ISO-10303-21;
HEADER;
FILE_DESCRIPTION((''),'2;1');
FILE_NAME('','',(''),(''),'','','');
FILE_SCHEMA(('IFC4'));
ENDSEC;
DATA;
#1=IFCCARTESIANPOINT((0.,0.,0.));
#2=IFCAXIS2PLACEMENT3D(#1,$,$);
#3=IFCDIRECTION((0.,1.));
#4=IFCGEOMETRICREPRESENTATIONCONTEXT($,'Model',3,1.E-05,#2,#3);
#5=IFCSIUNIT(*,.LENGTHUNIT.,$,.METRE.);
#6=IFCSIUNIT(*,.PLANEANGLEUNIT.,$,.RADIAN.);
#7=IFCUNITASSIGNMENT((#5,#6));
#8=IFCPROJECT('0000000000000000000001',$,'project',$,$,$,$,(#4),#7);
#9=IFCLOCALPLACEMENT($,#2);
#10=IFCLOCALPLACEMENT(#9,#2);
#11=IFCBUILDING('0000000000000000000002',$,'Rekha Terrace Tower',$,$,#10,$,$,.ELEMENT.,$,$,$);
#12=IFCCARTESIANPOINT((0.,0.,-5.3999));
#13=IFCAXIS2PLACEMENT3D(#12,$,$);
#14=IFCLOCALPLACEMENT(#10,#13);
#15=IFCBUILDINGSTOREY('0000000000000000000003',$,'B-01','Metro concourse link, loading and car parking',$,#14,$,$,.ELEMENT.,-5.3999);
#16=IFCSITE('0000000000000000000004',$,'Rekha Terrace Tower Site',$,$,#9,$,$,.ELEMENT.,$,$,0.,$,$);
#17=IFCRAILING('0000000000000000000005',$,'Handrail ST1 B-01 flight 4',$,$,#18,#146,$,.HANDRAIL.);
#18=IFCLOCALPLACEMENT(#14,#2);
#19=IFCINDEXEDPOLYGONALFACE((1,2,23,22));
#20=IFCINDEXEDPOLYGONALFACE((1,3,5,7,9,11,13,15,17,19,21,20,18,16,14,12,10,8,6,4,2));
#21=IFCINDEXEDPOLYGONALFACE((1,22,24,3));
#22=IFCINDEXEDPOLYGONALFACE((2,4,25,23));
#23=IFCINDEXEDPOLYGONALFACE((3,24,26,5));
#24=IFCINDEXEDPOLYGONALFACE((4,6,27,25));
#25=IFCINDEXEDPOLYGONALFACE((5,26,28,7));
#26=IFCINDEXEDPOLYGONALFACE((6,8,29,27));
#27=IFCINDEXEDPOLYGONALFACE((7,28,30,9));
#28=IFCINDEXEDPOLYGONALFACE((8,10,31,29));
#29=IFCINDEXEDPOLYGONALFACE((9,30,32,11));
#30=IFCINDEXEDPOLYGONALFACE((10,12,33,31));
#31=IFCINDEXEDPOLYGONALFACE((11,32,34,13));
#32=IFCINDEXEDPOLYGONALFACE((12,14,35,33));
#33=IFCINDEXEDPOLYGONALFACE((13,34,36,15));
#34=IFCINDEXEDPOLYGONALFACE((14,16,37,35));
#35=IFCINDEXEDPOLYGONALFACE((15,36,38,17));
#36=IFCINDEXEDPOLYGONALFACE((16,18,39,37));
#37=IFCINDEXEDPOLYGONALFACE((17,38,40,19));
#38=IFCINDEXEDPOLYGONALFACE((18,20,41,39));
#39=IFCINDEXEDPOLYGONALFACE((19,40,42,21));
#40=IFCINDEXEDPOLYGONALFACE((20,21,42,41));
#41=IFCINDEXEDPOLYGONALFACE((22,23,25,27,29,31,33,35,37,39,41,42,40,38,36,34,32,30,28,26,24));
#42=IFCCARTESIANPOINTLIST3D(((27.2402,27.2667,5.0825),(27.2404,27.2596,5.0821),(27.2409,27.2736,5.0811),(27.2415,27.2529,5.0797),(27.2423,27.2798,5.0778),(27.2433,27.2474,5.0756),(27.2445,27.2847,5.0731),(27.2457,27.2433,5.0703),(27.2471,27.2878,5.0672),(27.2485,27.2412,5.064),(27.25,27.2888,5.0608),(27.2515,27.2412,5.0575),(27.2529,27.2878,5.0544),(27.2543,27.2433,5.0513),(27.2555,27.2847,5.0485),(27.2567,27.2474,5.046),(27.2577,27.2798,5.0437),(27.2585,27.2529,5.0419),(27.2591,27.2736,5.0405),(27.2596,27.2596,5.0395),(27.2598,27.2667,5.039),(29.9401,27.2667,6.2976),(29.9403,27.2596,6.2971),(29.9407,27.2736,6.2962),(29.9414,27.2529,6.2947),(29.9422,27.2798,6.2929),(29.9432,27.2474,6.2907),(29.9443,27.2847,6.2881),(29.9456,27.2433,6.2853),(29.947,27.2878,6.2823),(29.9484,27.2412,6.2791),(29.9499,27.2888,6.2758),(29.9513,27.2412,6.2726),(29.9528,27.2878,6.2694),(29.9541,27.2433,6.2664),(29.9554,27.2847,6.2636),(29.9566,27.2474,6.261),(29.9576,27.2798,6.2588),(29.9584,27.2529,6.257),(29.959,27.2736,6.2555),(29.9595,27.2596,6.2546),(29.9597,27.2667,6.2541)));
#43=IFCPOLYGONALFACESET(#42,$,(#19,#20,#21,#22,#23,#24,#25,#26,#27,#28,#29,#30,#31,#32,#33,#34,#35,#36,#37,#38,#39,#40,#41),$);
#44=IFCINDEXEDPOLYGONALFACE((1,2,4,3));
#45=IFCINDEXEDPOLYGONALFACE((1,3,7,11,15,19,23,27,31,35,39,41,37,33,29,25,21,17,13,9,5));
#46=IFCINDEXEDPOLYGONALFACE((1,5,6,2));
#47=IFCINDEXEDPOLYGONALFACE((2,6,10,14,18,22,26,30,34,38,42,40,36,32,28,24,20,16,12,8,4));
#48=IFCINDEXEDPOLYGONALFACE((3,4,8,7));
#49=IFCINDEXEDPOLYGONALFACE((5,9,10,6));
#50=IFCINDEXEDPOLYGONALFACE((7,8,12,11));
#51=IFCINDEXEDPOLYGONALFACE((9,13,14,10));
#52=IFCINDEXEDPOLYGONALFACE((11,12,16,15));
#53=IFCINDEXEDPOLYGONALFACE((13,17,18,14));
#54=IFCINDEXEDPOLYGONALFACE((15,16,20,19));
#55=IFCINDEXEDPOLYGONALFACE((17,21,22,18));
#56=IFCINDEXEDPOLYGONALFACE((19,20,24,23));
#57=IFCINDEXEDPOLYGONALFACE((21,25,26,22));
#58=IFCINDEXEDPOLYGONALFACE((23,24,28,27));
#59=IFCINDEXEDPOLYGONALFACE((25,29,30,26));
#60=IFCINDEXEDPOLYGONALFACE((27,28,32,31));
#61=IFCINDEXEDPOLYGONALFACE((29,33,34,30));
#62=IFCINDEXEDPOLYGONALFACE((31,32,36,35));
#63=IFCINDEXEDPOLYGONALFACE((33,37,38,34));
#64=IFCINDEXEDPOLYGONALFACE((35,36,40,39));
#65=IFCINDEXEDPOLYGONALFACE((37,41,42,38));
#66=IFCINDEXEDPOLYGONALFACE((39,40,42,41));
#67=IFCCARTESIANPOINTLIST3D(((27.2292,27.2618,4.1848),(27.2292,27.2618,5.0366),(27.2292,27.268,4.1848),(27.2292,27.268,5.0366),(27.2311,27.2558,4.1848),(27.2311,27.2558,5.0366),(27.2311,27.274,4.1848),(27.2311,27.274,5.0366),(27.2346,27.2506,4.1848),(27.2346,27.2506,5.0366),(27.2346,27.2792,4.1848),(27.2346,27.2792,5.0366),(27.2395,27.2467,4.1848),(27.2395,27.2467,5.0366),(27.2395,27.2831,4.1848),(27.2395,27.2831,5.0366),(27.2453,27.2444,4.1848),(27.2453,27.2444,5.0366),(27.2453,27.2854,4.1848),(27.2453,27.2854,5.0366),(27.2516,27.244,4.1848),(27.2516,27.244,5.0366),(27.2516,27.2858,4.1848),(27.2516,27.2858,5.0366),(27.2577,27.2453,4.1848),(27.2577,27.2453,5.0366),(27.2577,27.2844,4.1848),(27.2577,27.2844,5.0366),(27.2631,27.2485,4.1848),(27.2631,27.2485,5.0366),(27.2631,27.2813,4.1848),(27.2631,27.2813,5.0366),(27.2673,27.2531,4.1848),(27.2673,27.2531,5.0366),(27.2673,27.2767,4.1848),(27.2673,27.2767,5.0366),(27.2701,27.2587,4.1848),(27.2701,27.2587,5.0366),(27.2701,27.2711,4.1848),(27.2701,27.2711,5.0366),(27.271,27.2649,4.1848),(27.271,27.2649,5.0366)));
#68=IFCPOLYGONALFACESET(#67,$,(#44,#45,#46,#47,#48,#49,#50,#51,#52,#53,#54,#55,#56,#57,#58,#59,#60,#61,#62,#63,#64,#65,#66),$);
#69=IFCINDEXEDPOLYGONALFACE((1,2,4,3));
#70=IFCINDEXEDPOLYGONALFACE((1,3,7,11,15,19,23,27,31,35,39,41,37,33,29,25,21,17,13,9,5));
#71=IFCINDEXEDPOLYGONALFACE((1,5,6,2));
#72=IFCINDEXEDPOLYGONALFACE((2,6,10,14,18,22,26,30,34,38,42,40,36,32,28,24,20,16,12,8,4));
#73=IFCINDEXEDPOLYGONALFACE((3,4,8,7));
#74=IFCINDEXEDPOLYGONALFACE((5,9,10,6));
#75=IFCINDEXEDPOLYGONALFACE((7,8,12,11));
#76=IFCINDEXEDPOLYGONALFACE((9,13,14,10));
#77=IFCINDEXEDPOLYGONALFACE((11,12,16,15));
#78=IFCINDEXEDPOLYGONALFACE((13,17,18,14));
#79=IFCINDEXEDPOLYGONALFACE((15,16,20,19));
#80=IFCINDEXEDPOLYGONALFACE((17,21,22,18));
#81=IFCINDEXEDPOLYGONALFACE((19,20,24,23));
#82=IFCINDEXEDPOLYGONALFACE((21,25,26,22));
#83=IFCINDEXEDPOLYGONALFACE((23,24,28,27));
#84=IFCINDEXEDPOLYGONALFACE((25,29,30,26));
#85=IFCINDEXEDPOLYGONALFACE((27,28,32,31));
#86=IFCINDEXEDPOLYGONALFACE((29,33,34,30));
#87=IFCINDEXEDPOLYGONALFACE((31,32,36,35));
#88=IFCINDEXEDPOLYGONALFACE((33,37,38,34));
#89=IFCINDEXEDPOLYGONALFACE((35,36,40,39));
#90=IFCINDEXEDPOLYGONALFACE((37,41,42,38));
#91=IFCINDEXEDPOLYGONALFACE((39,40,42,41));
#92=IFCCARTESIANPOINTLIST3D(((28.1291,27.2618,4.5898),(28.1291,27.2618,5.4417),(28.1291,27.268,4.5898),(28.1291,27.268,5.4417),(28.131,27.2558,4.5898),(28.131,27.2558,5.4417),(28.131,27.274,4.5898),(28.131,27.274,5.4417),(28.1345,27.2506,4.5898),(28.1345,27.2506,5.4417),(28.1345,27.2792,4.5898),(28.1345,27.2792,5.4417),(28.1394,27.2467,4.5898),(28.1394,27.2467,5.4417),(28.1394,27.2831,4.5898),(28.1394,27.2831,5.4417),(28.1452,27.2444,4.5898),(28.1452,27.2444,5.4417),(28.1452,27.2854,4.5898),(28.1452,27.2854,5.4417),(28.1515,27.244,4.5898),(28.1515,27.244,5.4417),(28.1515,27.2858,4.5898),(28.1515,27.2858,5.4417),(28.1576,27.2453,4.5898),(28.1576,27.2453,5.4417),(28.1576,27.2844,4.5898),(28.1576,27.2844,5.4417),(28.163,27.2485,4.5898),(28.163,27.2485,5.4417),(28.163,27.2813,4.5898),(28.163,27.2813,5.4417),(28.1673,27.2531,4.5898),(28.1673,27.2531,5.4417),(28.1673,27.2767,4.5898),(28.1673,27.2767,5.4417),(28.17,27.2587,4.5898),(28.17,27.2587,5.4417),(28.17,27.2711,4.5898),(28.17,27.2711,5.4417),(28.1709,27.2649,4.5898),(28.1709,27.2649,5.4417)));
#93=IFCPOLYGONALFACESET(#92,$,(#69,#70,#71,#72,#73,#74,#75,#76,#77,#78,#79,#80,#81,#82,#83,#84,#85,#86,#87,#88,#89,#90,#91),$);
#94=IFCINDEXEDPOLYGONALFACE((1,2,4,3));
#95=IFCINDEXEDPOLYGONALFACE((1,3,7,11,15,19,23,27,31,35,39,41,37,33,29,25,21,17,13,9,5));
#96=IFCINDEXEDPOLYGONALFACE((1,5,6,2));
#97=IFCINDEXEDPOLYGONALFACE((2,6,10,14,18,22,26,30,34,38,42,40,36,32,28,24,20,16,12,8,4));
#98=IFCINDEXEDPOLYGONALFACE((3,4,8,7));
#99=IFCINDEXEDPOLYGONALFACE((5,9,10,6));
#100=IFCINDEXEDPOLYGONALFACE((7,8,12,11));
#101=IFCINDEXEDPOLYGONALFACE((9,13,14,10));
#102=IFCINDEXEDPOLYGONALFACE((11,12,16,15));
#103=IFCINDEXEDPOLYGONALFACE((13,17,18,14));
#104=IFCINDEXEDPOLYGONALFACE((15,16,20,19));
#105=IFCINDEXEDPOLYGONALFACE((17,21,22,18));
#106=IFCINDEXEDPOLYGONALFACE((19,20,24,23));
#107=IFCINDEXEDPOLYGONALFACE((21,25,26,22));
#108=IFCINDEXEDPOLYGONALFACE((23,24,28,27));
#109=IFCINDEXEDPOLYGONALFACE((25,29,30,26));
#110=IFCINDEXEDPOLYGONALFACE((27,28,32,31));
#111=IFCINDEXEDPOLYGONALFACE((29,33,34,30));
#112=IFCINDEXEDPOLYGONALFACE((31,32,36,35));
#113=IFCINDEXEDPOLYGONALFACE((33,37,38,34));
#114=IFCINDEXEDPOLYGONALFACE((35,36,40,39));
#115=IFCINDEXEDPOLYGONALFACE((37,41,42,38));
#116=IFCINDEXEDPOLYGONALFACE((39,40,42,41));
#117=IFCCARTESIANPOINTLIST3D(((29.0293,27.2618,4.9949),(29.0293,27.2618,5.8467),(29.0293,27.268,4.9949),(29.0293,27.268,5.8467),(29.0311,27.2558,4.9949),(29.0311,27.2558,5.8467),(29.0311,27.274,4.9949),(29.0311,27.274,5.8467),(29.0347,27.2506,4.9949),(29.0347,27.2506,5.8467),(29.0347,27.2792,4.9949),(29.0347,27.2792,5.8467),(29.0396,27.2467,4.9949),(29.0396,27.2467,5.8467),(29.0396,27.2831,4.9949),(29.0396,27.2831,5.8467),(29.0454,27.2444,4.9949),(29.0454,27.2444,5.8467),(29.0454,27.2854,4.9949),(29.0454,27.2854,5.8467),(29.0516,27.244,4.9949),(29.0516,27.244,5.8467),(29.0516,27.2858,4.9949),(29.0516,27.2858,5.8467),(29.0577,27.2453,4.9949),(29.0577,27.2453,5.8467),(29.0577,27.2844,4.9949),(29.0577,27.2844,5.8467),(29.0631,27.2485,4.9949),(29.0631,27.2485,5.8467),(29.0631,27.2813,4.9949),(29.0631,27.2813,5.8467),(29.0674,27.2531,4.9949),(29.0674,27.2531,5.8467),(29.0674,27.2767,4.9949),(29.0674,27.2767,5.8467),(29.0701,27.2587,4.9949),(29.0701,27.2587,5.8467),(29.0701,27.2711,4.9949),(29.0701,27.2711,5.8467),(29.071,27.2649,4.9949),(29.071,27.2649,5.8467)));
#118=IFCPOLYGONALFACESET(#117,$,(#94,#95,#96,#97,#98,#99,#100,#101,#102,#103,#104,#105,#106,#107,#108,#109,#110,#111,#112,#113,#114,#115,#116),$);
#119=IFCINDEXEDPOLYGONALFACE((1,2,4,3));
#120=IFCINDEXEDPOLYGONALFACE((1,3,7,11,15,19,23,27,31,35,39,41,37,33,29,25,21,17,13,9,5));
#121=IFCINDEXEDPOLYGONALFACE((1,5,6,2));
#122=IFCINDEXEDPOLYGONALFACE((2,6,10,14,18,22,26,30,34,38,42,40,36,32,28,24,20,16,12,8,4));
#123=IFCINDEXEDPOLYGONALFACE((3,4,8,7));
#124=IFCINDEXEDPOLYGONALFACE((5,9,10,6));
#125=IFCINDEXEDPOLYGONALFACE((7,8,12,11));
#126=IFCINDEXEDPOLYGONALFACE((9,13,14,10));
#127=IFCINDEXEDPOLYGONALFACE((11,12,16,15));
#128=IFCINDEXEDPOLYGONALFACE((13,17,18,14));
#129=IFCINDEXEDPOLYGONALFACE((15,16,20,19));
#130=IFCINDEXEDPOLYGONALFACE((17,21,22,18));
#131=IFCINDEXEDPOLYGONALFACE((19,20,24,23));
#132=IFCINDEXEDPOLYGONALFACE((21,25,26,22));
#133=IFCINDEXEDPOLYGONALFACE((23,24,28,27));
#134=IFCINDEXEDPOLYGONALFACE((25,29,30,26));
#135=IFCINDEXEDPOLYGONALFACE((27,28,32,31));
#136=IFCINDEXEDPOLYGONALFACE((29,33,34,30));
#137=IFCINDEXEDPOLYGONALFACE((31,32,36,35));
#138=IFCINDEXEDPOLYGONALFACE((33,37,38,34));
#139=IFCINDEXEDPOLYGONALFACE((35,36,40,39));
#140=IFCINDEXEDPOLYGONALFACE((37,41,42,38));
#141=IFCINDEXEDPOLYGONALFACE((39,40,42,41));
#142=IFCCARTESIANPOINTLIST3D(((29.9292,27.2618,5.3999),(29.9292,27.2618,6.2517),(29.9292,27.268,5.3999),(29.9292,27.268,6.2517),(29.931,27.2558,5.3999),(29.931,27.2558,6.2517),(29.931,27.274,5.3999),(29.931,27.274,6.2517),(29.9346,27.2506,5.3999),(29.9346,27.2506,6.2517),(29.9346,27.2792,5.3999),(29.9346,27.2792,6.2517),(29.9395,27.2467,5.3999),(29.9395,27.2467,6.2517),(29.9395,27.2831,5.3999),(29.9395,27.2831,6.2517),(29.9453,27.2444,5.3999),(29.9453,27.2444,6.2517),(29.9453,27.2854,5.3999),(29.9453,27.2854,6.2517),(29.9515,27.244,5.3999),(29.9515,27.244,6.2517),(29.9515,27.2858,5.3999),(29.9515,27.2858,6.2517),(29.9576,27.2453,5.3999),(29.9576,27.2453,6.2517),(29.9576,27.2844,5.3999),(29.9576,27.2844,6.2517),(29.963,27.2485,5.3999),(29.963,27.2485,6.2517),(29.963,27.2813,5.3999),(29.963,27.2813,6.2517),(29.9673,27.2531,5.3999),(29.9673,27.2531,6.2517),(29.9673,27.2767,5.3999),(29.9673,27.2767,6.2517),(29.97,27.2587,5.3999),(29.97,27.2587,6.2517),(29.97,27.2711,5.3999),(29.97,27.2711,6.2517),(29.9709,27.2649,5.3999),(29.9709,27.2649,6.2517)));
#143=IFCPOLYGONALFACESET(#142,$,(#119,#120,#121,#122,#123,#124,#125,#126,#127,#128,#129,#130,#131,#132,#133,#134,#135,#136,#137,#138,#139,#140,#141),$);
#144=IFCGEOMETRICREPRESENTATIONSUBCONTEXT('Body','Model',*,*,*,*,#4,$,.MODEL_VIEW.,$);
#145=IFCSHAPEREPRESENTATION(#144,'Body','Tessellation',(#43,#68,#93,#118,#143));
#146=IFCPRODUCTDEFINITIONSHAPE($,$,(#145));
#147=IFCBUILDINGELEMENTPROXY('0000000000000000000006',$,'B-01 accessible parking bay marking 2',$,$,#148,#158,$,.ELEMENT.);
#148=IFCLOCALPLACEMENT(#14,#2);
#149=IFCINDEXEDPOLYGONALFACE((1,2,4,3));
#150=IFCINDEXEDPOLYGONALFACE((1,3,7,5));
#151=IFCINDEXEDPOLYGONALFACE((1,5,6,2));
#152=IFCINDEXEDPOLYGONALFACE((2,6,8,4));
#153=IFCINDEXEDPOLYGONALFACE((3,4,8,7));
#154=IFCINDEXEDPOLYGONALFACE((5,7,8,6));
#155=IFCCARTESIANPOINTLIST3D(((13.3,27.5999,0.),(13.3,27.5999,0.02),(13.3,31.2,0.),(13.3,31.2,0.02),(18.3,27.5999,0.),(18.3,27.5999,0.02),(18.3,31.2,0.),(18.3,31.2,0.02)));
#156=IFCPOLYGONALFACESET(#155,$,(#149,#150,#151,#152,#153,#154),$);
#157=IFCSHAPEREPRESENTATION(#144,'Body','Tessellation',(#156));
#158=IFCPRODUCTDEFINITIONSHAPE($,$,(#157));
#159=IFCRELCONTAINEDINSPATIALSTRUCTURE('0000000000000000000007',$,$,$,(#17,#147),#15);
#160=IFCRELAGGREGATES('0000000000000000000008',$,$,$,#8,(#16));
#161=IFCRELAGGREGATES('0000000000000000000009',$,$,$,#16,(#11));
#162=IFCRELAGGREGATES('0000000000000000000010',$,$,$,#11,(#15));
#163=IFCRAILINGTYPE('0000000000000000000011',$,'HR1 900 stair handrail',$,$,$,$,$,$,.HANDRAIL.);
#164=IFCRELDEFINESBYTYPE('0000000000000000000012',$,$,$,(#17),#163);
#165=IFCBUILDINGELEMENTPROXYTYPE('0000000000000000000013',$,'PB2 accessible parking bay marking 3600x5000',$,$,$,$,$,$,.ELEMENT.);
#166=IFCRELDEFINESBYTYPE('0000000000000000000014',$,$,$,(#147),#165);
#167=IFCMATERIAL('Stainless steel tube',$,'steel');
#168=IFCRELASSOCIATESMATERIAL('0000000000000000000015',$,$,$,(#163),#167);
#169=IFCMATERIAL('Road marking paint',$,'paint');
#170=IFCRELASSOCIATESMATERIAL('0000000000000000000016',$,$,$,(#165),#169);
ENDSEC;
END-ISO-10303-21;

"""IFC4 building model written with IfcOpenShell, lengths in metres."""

from ifc_helpers import new_model, si_unit, direction, frame, origin, origin_2d, place, context, subcontext, project, spatial, rectangle, circle, extrude, material, type_object, element, save


model = new_model("IFC4")

# Units and contexts
model_context = context("Model", 3, precision=1e-05, world=origin(), true_north=direction((0.0, 1.0)))
body_context = subcontext(model_context, "Body", "Model", "MODEL_VIEW")
ifc_project = project(units=[si_unit("LENGTHUNIT", "METRE"), si_unit("PLANEANGLEUNIT", "RADIAN")], contexts=[model_context])

# Site, building, storey
site_placement = place(None, origin())
site = spatial("IfcSite", under=ifc_project, at=site_placement, Name="Rekha Terrace Tower Site", CompositionType="ELEMENT", RefElevation=0.0)
building_placement = place(site_placement, origin())
building = spatial("IfcBuilding", under=site, at=building_placement, Name="Rekha Terrace Tower", CompositionType="ELEMENT")
storey_placement = place(building_placement, frame((0.0, 0.0, -5.3999)))
storey = spatial("IfcBuildingStorey", under=building, at=storey_placement, Name="B-01", Description="Metro concourse link, loading and car parking", CompositionType="ELEMENT", Elevation=-5.3999)

# Railing
ifc_material_1 = material(Name="Stainless steel tube", Category="steel")
railing_type_1 = type_object("IfcRailingType", Name="HR1 900 stair handrail", PredefinedType="HANDRAIL", material=ifc_material_1)
railing_1_placement = place(storey_placement, frame((27.25, 27.2649, 4.1848)))
element("IfcRailing", 1, at=railing_1_placement, inside=storey, type_object=railing_type_1, Name="Handrail ST1 B-01 flight 4", PredefinedType="HANDRAIL", context=body_context, shape_type="SweptSolid", body=[
    extrude(circle(Radius=0.0239, at=origin_2d()), frame((0.0, 0.0, 0.876), z_axis=(0.911908, 0.0, 0.410396), x_axis=(0.0, 1.0, 0.0)), (0.0, 0.0, 1.0), 2.9607),
    extrude(circle(Radius=0.021, at=origin_2d()), origin(), (0.0, 0.0, 1.0), 0.8518),
    extrude(circle(Radius=0.021, at=origin_2d()), frame((0.8999, 0.0, 0.405)), (0.0, 0.0, 1.0), 0.8518),
    extrude(circle(Radius=0.021, at=origin_2d()), frame((1.8, 0.0, 0.8101)), (0.0, 0.0, 1.0), 0.8518),
    extrude(circle(Radius=0.021, at=origin_2d()), frame((2.7, 0.0, 1.2151)), (0.0, 0.0, 1.0), 0.8518),
])

# Building element proxy
ifc_material_2 = material(Name="Road marking paint", Category="paint")
building_element_proxy_type = type_object("IfcBuildingElementProxyType", Name="PB2 accessible parking bay marking 3600x5000", PredefinedType="ELEMENT", material=ifc_material_2)
proxy_placement = place(storey_placement, frame((15.8, 29.3999, 0.0), z_axis=(0.0, 0.0, 1.0), x_axis=(1.0, 0.0, 0.0)))
element("IfcBuildingElementProxy", 2, at=proxy_placement, inside=storey, type_object=building_element_proxy_type, Name="B-01 accessible parking bay marking 2", PredefinedType="ELEMENT", context=body_context, shape_type="SweptSolid", body=[
    extrude(rectangle(XDim=5.0, YDim=3.6001, at=origin_2d()), origin(), (0.0, 0.0, 1.0), 0.02),
])

save(model, "model.ifc")
